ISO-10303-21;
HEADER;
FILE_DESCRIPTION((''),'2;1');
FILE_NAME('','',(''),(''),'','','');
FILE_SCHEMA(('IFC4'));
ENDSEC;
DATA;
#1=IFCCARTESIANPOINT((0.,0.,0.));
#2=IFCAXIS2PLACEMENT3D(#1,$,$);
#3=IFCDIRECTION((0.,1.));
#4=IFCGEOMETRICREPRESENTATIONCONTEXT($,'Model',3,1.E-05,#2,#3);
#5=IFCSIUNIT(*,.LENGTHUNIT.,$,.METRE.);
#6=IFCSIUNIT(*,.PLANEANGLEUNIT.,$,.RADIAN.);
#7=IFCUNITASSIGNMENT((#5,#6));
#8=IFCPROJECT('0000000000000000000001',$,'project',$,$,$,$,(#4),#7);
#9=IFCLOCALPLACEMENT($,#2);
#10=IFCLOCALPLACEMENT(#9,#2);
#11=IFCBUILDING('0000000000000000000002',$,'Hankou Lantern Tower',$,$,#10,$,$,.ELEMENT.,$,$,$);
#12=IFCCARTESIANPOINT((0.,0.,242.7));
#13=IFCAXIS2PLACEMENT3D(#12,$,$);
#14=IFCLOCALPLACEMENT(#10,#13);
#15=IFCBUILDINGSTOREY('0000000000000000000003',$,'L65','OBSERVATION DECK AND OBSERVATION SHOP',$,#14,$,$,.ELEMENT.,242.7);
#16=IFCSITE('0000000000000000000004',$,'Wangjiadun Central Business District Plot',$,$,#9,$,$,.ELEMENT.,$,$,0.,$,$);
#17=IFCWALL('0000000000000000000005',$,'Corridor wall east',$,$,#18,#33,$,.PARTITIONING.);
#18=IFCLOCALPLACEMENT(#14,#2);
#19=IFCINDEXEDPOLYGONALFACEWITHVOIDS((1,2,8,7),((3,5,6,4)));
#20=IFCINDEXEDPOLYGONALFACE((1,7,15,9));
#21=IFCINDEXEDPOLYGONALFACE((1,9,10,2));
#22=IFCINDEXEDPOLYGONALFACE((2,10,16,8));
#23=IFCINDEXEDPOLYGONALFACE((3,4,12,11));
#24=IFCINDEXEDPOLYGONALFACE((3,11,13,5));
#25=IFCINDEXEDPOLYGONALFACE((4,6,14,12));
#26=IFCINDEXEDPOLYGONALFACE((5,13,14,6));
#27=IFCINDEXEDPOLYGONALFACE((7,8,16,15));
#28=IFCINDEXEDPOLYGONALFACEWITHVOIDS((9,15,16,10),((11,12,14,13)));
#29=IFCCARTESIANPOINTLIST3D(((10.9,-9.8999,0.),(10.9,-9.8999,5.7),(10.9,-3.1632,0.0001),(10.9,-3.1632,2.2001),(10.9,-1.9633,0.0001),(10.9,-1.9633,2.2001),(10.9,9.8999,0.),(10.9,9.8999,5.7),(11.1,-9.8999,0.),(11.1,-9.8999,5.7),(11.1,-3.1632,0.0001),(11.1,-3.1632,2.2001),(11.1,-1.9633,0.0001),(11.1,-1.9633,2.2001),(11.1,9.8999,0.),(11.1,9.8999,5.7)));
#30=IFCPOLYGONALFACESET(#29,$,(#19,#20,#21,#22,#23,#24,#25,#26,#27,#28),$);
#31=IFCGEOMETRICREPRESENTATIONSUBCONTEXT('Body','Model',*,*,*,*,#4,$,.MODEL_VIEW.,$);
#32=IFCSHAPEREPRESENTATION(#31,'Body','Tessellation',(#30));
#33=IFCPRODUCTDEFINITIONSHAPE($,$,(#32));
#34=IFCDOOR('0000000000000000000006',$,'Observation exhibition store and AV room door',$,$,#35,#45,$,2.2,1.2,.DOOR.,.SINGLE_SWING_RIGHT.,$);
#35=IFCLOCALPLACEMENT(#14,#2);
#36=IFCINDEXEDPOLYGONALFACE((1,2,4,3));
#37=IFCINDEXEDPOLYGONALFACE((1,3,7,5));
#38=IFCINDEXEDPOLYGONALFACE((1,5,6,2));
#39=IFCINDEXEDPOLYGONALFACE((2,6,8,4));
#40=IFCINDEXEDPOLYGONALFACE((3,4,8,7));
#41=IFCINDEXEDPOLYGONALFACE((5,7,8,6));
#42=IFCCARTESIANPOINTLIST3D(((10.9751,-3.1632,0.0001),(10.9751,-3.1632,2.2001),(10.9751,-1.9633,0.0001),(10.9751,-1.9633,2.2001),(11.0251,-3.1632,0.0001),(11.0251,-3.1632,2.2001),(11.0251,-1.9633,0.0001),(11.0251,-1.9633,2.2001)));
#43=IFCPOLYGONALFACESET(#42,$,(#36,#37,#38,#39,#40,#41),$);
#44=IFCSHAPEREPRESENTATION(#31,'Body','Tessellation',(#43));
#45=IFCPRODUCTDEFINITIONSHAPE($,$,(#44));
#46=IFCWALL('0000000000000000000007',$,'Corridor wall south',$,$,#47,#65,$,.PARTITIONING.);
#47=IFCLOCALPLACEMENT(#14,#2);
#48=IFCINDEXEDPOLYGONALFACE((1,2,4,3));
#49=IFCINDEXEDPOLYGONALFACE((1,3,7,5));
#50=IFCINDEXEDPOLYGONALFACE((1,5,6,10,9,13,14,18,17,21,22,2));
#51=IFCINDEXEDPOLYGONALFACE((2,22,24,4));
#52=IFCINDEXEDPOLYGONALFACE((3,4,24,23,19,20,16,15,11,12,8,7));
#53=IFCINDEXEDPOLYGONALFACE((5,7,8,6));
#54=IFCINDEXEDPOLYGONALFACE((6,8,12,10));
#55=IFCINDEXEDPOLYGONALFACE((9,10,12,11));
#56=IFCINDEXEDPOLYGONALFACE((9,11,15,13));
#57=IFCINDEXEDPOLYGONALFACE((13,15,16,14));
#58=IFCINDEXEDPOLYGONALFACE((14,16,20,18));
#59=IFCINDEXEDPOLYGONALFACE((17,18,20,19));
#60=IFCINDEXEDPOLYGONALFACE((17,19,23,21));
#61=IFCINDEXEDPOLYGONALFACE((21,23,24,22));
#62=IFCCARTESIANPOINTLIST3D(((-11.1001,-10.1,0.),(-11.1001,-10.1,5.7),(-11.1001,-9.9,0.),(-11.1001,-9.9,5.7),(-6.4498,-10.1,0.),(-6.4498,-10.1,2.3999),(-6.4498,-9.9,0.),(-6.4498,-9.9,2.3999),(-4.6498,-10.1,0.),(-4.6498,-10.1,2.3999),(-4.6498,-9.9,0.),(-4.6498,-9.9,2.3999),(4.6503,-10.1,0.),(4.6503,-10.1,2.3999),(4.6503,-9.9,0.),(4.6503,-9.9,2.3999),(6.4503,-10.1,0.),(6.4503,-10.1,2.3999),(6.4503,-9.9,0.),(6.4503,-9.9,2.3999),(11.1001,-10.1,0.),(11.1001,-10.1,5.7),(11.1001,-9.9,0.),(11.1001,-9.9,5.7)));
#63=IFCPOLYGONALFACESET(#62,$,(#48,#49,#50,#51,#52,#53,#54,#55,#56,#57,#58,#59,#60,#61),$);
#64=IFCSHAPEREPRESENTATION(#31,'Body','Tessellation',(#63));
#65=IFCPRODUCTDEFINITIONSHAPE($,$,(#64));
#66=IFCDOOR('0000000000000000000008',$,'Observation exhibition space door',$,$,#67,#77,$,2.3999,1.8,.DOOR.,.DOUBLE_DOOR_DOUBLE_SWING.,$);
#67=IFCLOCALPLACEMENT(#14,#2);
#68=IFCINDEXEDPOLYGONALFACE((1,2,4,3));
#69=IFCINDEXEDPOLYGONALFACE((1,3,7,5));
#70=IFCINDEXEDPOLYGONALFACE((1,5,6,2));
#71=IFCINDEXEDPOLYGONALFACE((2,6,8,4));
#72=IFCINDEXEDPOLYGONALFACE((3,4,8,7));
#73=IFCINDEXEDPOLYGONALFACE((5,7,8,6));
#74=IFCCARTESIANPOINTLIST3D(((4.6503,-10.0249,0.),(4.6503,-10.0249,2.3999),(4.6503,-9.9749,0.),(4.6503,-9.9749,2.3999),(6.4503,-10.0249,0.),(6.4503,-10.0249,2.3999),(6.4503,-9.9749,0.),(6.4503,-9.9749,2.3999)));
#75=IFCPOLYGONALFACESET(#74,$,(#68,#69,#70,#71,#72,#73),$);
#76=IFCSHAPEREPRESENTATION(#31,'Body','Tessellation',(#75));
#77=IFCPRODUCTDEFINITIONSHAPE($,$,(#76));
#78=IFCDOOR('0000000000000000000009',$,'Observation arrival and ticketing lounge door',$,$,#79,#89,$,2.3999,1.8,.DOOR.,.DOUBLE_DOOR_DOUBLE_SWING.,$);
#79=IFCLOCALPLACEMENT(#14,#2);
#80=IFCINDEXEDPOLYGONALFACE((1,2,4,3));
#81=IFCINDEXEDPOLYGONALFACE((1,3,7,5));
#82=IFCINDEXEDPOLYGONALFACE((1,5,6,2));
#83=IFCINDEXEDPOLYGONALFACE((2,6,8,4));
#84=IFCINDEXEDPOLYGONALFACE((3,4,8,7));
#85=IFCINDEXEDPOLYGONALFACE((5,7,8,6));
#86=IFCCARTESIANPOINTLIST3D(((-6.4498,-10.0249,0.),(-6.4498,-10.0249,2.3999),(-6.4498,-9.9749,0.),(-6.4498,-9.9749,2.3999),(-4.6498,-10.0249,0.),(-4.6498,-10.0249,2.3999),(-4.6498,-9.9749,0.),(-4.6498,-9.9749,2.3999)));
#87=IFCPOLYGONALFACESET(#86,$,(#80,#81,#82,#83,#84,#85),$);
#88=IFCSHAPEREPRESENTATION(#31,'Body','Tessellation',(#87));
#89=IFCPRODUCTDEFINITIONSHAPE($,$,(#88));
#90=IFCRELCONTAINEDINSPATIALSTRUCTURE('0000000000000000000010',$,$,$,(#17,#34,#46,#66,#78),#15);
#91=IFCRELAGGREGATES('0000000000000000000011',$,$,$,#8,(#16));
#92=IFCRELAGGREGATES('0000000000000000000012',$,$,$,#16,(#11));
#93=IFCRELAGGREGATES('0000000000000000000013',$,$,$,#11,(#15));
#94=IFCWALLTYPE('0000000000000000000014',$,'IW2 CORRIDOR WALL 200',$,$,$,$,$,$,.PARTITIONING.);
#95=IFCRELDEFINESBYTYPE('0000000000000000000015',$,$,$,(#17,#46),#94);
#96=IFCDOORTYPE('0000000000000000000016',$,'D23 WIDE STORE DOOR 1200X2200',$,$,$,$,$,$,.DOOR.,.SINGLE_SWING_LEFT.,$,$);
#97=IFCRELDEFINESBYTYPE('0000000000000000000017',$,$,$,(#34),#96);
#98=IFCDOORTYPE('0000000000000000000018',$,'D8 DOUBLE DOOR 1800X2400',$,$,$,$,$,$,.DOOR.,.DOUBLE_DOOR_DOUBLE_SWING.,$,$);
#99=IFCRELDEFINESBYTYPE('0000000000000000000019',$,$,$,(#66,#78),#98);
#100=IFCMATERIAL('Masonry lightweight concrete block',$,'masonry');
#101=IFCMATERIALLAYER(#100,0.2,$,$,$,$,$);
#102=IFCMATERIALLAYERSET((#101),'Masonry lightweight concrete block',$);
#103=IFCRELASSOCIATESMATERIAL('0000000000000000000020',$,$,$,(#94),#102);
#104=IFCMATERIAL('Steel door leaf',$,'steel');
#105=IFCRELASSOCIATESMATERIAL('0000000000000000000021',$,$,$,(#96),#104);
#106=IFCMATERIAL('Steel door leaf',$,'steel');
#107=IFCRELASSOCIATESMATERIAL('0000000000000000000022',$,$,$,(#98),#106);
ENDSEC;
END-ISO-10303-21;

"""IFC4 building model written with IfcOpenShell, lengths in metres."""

from ifc_helpers import new_model, si_unit, direction, frame, frame_2d, origin, place, context, subcontext, project, spatial, rectangle, extrude, material, layer, layer_set, type_object, element, fill, save


model = new_model("IFC4")

# Units and contexts
model_context = context("Model", 3, precision=1e-05, world=origin(), true_north=direction((0.0, 1.0)))
body_context = subcontext(model_context, "Body", "Model", "MODEL_VIEW")
ifc_project = project(units=[si_unit("LENGTHUNIT", "METRE"), si_unit("PLANEANGLEUNIT", "RADIAN")], contexts=[model_context])

# Site, building, storey
site_placement = place(None, origin())
site = spatial("IfcSite", under=ifc_project, at=site_placement, Name="Wangjiadun Central Business District Plot", CompositionType="ELEMENT", RefElevation=0.0)
building_placement = place(site_placement, origin())
building = spatial("IfcBuilding", under=site, at=building_placement, Name="Hankou Lantern Tower", CompositionType="ELEMENT")
storey_placement = place(building_placement, frame((0.0, 0.0, 242.7)))
storey = spatial("IfcBuildingStorey", under=building, at=storey_placement, Name="L65", Description="OBSERVATION DECK AND OBSERVATION SHOP", CompositionType="ELEMENT", Elevation=242.7)

# Wall, opening, door
ifc_material_1 = material(Name="Masonry lightweight concrete block", Category="masonry")
ifc_layer_1 = layer(ifc_material_1, 0.2)
ifc_layer_set_1 = layer_set([ifc_layer_1], Name="Masonry lightweight concrete block")
wall_type_1 = type_object("IfcWallType", Name="IW2 CORRIDOR WALL 200", PredefinedType="PARTITIONING", material=ifc_layer_set_1)
wall_1_placement = place(storey_placement, frame((11.0, -9.8999, 0.0), z_axis=(0.0, 0.0, 1.0), x_axis=(0.0, 1.0, 0.0)))
wall_1 = element("IfcWall", 1, at=wall_1_placement, inside=storey, type_object=wall_type_1, Name="Corridor wall east", PredefinedType="PARTITIONING", context=body_context, shape_type="SweptSolid", body=[
    extrude(rectangle(XDim=19.7998, YDim=0.2, at=frame_2d((9.8999, 0.0))), origin(), (0.0, 0.0, 1.0), 5.7),
])
opening_1_placement = place(wall_1_placement, frame((6.7366, 0.0, 0.0)))
opening_1 = element("IfcOpeningElement", 2, at=opening_1_placement, cuts=wall_1, PredefinedType="OPENING", context=body_context, shape_type="SweptSolid", body=[
    extrude(rectangle(XDim=1.2, YDim=2.2, at=frame_2d((0.6001, 1.1001))), frame((0.0, 0.1099, 0.0), z_axis=(0.0, -1.0, 0.0), x_axis=(1.0, 0.0, 0.0)), (0.0, 0.0, 1.0), 0.22),
])
ifc_material_2 = material(Name="Steel door leaf", Category="steel")
door_type_1 = type_object("IfcDoorType", Name="D23 WIDE STORE DOOR 1200X2200", OperationType="SINGLE_SWING_LEFT", PredefinedType="DOOR", material=ifc_material_2)
door_1_placement = place(opening_1_placement, origin())
door_1 = element("IfcDoor", 3, at=door_1_placement, inside=storey, type_object=door_type_1, Name="Observation exhibition store and AV room door", OperationType="SINGLE_SWING_RIGHT", OverallHeight=2.2, OverallWidth=1.2, PredefinedType="DOOR", context=body_context, shape_type="SweptSolid", body=[
    extrude(rectangle(XDim=1.2, YDim=2.2, at=frame_2d((0.6001, 1.1001))), frame((0.0, 0.0249, 0.0), z_axis=(0.0, -1.0, 0.0), x_axis=(1.0, 0.0, 0.0)), (0.0, 0.0, 1.0), 0.05),
])
fill(opening_1, door_1)

# Wall, openings, doors
wall_2_placement = place(storey_placement, frame((11.1001, -10.0, 0.0), z_axis=(0.0, 0.0, 1.0), x_axis=(-1.0, 0.0, 0.0)))
wall_2 = element("IfcWall", 4, at=wall_2_placement, inside=storey, type_object=wall_type_1, Name="Corridor wall south", PredefinedType="PARTITIONING", context=body_context, shape_type="SweptSolid", body=[
    extrude(rectangle(XDim=22.2002, YDim=0.2, at=frame_2d((11.1001, 0.0))), origin(), (0.0, 0.0, 1.0), 5.7),
])
opening_2_placement = place(wall_2_placement, frame((4.6499, 0.0, 0.0)))
opening_2 = element("IfcOpeningElement", 5, at=opening_2_placement, cuts=wall_2, PredefinedType="OPENING", context=body_context, shape_type="SweptSolid", body=[
    extrude(rectangle(XDim=1.8, YDim=2.3999, at=frame_2d((0.8999, 1.2))), frame((0.0, 0.1099, 0.0), z_axis=(0.0, -1.0, 0.0), x_axis=(1.0, 0.0, 0.0)), (0.0, 0.0, 1.0), 0.22),
])
opening_3_placement = place(wall_2_placement, frame((15.75, 0.0, 0.0)))
opening_3 = element("IfcOpeningElement", 6, at=opening_3_placement, cuts=wall_2, PredefinedType="OPENING", context=body_context, shape_type="SweptSolid", body=[
    extrude(rectangle(XDim=1.8, YDim=2.3999, at=frame_2d((0.8999, 1.2))), frame((0.0, 0.1099, 0.0), z_axis=(0.0, -1.0, 0.0), x_axis=(1.0, 0.0, 0.0)), (0.0, 0.0, 1.0), 0.22),
])
ifc_material_3 = material(Name="Steel door leaf", Category="steel")
door_type_2 = type_object("IfcDoorType", Name="D8 DOUBLE DOOR 1800X2400", OperationType="DOUBLE_DOOR_DOUBLE_SWING", PredefinedType="DOOR", material=ifc_material_3)
door_2_placement = place(opening_2_placement, origin())
door_2 = element("IfcDoor", 7, at=door_2_placement, inside=storey, type_object=door_type_2, Name="Observation exhibition space door", OperationType="DOUBLE_DOOR_DOUBLE_SWING", OverallHeight=2.3999, OverallWidth=1.8, PredefinedType="DOOR", context=body_context, shape_type="SweptSolid", body=[
    extrude(rectangle(XDim=1.8, YDim=2.3999, at=frame_2d((0.8999, 1.2))), frame((0.0, 0.0249, 0.0), z_axis=(0.0, -1.0, 0.0), x_axis=(1.0, 0.0, 0.0)), (0.0, 0.0, 1.0), 0.05),
])
fill(opening_2, door_2)
door_3_placement = place(opening_3_placement, origin())
door_3 = element("IfcDoor", 8, at=door_3_placement, inside=storey, type_object=door_type_2, Name="Observation arrival and ticketing lounge door", OperationType="DOUBLE_DOOR_DOUBLE_SWING", OverallHeight=2.3999, OverallWidth=1.8, PredefinedType="DOOR", context=body_context, shape_type="SweptSolid", body=[
    extrude(rectangle(XDim=1.8, YDim=2.3999, at=frame_2d((0.8999, 1.2))), frame((0.0, 0.0249, 0.0), z_axis=(0.0, -1.0, 0.0), x_axis=(1.0, 0.0, 0.0)), (0.0, 0.0, 1.0), 0.05),
])
fill(opening_3, door_3)

save(model, "model.ifc")
